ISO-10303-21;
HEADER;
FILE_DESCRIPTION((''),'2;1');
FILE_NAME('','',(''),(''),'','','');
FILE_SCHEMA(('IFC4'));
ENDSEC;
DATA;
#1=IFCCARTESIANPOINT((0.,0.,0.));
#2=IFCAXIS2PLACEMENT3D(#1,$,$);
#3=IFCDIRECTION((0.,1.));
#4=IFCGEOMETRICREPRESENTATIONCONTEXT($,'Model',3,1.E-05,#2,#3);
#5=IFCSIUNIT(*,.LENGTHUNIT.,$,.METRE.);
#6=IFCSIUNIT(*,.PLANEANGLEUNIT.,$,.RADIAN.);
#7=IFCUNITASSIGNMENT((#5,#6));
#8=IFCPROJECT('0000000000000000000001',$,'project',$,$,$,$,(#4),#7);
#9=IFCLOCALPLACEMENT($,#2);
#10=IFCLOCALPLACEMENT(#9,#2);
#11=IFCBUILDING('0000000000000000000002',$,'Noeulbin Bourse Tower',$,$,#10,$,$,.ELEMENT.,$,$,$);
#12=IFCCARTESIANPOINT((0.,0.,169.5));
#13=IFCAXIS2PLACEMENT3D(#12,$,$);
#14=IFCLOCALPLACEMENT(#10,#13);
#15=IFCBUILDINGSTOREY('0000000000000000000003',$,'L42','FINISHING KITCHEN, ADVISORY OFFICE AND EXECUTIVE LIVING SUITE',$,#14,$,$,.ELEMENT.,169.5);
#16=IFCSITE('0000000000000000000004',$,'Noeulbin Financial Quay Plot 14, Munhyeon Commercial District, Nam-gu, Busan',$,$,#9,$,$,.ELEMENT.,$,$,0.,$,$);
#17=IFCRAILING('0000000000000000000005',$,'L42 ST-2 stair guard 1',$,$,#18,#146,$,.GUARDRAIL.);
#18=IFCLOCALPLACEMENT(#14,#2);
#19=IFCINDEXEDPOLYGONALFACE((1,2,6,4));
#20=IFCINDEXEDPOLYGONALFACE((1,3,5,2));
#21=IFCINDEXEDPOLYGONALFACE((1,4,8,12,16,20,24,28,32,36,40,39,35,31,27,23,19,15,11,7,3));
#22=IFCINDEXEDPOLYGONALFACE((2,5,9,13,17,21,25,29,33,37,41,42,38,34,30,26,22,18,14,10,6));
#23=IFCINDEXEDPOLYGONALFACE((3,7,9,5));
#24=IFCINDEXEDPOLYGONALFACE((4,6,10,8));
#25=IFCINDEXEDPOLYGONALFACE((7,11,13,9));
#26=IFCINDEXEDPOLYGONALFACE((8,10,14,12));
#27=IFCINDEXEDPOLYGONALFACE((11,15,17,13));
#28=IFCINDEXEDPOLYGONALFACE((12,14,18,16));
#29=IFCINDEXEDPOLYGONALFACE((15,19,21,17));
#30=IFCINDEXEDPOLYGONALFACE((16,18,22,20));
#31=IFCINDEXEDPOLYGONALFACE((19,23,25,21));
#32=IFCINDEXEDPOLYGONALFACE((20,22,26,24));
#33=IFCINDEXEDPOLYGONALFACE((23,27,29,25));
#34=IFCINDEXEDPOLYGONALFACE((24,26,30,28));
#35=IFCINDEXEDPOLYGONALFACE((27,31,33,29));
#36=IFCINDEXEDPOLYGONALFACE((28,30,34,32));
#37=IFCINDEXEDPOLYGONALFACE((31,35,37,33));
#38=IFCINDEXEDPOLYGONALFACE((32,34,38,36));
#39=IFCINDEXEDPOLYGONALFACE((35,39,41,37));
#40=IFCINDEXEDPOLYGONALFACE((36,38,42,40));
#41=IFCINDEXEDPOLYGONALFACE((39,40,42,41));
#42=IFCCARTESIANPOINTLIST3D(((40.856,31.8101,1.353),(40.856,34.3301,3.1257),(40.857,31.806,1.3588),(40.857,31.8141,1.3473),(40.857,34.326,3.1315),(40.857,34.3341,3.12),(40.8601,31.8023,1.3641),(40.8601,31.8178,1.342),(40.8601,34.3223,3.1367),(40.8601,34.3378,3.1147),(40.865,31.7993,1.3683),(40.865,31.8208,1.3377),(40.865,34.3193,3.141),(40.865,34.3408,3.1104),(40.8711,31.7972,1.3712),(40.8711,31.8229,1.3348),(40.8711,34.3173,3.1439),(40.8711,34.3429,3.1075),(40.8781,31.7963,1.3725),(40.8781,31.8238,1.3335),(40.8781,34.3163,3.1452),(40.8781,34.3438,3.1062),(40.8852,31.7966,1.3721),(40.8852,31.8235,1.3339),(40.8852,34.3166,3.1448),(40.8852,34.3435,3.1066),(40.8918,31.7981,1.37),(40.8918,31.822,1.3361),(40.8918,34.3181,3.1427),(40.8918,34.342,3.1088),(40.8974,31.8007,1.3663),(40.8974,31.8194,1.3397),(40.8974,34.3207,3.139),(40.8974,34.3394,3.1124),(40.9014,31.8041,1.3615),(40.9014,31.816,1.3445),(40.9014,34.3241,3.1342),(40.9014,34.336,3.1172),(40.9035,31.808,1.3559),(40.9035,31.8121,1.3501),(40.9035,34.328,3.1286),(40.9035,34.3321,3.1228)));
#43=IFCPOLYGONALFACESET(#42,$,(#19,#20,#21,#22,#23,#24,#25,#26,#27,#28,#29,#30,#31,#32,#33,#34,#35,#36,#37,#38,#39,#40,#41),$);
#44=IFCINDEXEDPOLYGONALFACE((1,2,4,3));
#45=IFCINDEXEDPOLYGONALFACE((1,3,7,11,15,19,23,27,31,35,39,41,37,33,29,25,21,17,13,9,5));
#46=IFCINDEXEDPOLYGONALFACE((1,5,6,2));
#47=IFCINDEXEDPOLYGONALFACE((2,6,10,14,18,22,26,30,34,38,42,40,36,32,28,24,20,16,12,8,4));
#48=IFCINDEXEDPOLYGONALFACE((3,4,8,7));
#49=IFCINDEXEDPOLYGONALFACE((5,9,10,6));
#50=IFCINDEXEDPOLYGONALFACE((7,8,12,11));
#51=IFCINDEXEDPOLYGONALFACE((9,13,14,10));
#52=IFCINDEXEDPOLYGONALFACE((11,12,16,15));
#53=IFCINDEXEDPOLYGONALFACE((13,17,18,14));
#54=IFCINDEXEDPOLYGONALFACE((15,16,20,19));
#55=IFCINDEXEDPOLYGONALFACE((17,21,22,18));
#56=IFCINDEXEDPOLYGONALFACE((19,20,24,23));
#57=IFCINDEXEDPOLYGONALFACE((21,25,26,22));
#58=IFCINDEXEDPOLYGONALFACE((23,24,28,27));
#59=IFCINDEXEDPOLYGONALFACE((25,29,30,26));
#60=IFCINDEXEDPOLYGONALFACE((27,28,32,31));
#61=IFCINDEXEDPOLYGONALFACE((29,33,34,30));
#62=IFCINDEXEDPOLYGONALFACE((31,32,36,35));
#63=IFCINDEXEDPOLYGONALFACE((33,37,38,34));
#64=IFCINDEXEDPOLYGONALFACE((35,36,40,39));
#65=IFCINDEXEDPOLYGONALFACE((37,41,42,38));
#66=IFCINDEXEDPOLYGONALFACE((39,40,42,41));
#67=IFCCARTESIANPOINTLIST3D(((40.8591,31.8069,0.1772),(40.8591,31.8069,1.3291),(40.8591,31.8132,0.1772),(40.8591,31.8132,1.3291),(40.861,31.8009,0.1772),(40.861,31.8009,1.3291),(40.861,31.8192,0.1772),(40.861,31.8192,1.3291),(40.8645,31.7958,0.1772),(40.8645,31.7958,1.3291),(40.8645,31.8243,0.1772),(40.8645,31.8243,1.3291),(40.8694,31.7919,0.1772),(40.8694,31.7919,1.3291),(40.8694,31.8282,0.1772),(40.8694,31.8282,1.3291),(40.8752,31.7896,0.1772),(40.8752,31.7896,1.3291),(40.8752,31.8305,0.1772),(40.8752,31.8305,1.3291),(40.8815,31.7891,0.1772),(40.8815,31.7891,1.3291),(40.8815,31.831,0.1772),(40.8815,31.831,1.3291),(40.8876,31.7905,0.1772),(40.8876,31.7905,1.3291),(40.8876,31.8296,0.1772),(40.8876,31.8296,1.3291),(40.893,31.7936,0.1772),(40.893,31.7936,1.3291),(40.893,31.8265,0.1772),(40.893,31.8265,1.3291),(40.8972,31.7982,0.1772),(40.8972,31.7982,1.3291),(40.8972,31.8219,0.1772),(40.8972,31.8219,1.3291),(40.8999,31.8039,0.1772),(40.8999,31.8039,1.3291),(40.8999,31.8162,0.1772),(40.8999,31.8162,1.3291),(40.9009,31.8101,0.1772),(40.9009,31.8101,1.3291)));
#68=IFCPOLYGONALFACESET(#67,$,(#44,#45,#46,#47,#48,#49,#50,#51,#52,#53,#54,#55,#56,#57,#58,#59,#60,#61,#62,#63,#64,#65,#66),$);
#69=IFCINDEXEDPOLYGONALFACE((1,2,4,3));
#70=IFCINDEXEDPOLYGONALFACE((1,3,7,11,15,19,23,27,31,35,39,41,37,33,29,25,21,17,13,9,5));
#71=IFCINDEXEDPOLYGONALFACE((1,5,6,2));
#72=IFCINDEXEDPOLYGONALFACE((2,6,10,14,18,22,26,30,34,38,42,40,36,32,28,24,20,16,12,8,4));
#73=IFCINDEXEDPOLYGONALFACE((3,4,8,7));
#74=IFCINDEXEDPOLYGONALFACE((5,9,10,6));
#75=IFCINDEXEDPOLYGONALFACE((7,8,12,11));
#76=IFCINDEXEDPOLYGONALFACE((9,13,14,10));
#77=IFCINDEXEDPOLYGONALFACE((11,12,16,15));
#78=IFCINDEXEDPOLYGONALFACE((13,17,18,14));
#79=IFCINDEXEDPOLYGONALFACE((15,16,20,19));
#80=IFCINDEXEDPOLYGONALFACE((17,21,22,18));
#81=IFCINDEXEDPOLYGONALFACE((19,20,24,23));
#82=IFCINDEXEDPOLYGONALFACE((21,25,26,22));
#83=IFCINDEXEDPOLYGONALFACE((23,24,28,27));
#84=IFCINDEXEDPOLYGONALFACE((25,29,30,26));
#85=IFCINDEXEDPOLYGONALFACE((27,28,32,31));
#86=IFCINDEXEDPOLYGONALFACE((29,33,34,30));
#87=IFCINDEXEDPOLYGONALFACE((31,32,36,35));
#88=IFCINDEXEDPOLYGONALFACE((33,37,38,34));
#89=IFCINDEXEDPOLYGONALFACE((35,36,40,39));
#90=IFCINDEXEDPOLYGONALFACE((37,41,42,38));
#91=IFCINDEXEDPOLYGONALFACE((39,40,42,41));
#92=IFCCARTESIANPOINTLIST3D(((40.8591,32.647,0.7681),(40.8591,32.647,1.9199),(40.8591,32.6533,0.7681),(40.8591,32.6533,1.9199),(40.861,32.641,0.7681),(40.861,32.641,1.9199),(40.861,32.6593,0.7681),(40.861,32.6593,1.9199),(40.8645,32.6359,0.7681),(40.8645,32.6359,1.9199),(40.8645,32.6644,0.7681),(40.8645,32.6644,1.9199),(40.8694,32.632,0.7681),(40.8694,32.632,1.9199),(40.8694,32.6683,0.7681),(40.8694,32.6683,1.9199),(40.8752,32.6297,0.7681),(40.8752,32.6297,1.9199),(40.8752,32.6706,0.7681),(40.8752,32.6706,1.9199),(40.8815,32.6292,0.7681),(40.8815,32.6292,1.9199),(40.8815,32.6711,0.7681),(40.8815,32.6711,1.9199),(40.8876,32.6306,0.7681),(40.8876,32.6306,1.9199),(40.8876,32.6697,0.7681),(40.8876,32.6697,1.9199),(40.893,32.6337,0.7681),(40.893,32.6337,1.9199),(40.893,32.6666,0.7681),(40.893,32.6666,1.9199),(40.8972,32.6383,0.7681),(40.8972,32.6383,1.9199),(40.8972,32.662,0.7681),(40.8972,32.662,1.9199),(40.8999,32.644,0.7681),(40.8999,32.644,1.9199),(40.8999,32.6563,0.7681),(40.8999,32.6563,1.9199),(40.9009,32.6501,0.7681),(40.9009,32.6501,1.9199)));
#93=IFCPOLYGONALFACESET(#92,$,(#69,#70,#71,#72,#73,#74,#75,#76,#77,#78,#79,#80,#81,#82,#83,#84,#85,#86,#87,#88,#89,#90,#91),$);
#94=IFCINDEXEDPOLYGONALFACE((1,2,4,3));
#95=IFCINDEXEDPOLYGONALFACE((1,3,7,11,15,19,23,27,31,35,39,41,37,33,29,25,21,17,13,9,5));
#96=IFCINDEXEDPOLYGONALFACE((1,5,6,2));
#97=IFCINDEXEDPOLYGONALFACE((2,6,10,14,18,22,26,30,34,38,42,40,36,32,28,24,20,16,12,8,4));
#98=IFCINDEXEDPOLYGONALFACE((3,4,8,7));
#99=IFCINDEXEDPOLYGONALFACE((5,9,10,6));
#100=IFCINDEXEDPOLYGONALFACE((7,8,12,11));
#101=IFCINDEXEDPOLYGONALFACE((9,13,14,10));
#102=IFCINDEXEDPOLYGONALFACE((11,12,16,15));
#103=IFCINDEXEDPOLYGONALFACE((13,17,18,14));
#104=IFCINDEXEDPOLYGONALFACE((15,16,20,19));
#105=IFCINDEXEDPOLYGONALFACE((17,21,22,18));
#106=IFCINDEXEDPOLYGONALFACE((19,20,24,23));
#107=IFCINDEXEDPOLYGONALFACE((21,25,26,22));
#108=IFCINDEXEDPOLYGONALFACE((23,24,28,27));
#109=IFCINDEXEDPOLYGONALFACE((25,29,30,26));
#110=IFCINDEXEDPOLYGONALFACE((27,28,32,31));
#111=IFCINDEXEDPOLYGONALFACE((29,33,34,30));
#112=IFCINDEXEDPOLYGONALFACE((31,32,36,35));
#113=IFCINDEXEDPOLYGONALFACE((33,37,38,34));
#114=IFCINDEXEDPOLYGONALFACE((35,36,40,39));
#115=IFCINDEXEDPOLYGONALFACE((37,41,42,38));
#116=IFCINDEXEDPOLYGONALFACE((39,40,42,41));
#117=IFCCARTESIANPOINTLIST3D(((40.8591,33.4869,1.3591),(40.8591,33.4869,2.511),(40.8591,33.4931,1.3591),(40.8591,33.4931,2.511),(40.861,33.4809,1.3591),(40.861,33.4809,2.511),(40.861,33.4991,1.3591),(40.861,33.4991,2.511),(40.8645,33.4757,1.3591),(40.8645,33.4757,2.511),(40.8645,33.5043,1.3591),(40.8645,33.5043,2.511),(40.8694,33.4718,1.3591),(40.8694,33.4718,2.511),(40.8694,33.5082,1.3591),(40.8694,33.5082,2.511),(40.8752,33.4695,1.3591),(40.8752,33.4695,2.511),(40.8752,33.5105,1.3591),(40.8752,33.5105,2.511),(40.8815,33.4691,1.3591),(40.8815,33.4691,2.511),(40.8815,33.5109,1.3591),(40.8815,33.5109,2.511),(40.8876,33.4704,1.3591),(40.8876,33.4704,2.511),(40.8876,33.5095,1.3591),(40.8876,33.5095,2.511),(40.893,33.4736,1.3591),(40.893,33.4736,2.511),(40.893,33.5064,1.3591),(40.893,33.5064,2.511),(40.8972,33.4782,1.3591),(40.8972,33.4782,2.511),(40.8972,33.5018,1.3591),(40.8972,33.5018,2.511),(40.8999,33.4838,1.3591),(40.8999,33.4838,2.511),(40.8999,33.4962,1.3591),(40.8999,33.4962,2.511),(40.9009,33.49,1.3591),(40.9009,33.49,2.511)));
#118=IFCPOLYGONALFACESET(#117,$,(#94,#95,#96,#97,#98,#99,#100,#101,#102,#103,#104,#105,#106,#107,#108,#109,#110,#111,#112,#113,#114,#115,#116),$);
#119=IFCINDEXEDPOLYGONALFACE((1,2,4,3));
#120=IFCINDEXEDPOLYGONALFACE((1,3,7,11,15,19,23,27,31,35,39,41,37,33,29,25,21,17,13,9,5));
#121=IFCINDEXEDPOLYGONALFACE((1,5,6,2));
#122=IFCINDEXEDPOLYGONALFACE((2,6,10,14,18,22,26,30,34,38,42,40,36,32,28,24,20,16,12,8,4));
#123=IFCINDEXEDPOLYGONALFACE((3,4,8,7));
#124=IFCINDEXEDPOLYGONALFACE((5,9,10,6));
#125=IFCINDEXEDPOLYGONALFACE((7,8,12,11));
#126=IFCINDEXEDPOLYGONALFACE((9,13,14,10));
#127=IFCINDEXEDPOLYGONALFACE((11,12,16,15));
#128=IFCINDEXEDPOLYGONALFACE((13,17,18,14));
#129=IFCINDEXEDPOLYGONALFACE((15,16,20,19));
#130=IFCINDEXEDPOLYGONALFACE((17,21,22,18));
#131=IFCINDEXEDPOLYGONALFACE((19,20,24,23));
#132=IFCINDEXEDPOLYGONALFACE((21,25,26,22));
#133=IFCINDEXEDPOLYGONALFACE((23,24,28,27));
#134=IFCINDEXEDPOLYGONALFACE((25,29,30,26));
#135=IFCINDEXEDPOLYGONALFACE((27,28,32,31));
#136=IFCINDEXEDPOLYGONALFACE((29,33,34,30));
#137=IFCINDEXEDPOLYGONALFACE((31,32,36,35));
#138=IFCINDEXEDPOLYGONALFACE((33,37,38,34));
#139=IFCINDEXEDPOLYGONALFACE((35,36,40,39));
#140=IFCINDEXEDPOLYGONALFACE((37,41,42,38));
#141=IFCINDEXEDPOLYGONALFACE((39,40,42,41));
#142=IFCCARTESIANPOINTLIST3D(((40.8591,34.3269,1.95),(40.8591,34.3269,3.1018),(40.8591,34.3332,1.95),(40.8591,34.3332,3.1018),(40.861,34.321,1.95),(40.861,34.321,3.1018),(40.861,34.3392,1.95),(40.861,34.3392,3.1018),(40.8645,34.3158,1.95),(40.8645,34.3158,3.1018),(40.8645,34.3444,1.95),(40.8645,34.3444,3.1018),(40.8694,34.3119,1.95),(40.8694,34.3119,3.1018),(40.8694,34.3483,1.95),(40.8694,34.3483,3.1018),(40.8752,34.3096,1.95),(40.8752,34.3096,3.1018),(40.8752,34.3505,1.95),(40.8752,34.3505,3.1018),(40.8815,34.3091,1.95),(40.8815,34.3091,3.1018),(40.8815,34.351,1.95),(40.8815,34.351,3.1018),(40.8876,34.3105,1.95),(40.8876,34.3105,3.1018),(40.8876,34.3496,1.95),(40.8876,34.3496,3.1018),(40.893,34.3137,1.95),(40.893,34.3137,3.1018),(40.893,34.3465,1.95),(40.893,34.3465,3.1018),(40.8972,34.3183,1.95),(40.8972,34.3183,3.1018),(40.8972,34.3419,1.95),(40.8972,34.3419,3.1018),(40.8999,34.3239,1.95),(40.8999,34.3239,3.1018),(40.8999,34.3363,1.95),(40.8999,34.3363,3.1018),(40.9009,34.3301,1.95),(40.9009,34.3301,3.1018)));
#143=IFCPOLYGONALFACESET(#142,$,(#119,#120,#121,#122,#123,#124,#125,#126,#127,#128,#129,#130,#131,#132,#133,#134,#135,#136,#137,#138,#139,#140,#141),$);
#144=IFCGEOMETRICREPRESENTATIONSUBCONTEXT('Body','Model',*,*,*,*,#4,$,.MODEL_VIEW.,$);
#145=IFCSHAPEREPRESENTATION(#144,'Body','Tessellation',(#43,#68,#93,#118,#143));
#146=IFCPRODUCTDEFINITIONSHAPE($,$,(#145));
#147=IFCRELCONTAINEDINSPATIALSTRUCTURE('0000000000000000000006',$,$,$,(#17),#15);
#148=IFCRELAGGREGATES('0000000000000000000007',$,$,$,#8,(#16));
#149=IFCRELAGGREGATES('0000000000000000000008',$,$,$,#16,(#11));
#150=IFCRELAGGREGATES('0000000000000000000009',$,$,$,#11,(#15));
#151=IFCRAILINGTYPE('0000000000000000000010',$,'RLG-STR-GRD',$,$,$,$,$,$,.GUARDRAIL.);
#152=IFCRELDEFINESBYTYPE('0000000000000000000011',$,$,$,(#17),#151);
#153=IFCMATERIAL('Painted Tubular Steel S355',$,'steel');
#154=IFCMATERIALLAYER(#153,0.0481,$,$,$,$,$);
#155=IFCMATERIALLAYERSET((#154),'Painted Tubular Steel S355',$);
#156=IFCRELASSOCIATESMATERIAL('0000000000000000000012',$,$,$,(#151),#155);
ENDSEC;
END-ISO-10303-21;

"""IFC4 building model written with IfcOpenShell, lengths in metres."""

from ifc_helpers import new_model, si_unit, direction, frame, origin, origin_2d, place, context, subcontext, project, spatial, circle, extrude, material, layer, layer_set, type_object, element, save


model = new_model("IFC4")

# Units and contexts
model_context = context("Model", 3, precision=1e-05, world=origin(), true_north=direction((0.0, 1.0)))
body_context = subcontext(model_context, "Body", "Model", "MODEL_VIEW")
ifc_project = project(units=[si_unit("LENGTHUNIT", "METRE"), si_unit("PLANEANGLEUNIT", "RADIAN")], contexts=[model_context])

# Site, building, storey
site_placement = place(None, origin())
site = spatial("IfcSite", under=ifc_project, at=site_placement, Name="Noeulbin Financial Quay Plot 14, Munhyeon Commercial District, Nam-gu, Busan", CompositionType="ELEMENT", RefElevation=0.0)
building_placement = place(site_placement, origin())
building = spatial("IfcBuilding", under=site, at=building_placement, Name="Noeulbin Bourse Tower", CompositionType="ELEMENT")
storey_placement = place(building_placement, frame((0.0, 0.0, 169.5)))
storey = spatial("IfcBuildingStorey", under=building, at=storey_placement, Name="L42", Description="FINISHING KITCHEN, ADVISORY OFFICE AND EXECUTIVE LIVING SUITE", CompositionType="ELEMENT", Elevation=169.5)

# Railing
ifc_material_1 = material(Name="Painted Tubular Steel S355", Category="steel")
ifc_layer_1 = layer(ifc_material_1, 0.0481)
ifc_layer_set_1 = layer_set([ifc_layer_1], Name="Painted Tubular Steel S355")
railing_type_1 = type_object("IfcRailingType", Name="RLG-STR-GRD", PredefinedType="GUARDRAIL", material=ifc_layer_set_1)
railing_1_placement = place(storey_placement, frame((40.8799, 31.8101, 0.1772)))
element("IfcRailing", 1, at=railing_1_placement, inside=storey, type_object=railing_type_1, Name="L42 ST-2 stair guard 1", PredefinedType="GUARDRAIL", context=body_context, shape_type="SweptSolid", body=[
    extrude(circle(Radius=0.0239, at=origin_2d()), frame((0.0, 0.0, 1.1758), z_axis=(0.0, 0.817904, 0.575354), x_axis=(-1.0, 0.0, 0.0)), (0.0, 0.0, 1.0), 3.0811),
    extrude(circle(Radius=0.021, at=origin_2d()), origin(), (0.0, 0.0, 1.0), 1.1519),
    extrude(circle(Radius=0.021, at=origin_2d()), frame((0.0, 0.8401, 0.5908)), (0.0, 0.0, 1.0), 1.1519),
    extrude(circle(Radius=0.021, at=origin_2d()), frame((0.0, 1.6799, 1.1819)), (0.0, 0.0, 1.0), 1.1519),
    extrude(circle(Radius=0.021, at=origin_2d()), frame((0.0, 2.52, 1.7727)), (0.0, 0.0, 1.0), 1.1519),
])

save(model, "model.ifc")
